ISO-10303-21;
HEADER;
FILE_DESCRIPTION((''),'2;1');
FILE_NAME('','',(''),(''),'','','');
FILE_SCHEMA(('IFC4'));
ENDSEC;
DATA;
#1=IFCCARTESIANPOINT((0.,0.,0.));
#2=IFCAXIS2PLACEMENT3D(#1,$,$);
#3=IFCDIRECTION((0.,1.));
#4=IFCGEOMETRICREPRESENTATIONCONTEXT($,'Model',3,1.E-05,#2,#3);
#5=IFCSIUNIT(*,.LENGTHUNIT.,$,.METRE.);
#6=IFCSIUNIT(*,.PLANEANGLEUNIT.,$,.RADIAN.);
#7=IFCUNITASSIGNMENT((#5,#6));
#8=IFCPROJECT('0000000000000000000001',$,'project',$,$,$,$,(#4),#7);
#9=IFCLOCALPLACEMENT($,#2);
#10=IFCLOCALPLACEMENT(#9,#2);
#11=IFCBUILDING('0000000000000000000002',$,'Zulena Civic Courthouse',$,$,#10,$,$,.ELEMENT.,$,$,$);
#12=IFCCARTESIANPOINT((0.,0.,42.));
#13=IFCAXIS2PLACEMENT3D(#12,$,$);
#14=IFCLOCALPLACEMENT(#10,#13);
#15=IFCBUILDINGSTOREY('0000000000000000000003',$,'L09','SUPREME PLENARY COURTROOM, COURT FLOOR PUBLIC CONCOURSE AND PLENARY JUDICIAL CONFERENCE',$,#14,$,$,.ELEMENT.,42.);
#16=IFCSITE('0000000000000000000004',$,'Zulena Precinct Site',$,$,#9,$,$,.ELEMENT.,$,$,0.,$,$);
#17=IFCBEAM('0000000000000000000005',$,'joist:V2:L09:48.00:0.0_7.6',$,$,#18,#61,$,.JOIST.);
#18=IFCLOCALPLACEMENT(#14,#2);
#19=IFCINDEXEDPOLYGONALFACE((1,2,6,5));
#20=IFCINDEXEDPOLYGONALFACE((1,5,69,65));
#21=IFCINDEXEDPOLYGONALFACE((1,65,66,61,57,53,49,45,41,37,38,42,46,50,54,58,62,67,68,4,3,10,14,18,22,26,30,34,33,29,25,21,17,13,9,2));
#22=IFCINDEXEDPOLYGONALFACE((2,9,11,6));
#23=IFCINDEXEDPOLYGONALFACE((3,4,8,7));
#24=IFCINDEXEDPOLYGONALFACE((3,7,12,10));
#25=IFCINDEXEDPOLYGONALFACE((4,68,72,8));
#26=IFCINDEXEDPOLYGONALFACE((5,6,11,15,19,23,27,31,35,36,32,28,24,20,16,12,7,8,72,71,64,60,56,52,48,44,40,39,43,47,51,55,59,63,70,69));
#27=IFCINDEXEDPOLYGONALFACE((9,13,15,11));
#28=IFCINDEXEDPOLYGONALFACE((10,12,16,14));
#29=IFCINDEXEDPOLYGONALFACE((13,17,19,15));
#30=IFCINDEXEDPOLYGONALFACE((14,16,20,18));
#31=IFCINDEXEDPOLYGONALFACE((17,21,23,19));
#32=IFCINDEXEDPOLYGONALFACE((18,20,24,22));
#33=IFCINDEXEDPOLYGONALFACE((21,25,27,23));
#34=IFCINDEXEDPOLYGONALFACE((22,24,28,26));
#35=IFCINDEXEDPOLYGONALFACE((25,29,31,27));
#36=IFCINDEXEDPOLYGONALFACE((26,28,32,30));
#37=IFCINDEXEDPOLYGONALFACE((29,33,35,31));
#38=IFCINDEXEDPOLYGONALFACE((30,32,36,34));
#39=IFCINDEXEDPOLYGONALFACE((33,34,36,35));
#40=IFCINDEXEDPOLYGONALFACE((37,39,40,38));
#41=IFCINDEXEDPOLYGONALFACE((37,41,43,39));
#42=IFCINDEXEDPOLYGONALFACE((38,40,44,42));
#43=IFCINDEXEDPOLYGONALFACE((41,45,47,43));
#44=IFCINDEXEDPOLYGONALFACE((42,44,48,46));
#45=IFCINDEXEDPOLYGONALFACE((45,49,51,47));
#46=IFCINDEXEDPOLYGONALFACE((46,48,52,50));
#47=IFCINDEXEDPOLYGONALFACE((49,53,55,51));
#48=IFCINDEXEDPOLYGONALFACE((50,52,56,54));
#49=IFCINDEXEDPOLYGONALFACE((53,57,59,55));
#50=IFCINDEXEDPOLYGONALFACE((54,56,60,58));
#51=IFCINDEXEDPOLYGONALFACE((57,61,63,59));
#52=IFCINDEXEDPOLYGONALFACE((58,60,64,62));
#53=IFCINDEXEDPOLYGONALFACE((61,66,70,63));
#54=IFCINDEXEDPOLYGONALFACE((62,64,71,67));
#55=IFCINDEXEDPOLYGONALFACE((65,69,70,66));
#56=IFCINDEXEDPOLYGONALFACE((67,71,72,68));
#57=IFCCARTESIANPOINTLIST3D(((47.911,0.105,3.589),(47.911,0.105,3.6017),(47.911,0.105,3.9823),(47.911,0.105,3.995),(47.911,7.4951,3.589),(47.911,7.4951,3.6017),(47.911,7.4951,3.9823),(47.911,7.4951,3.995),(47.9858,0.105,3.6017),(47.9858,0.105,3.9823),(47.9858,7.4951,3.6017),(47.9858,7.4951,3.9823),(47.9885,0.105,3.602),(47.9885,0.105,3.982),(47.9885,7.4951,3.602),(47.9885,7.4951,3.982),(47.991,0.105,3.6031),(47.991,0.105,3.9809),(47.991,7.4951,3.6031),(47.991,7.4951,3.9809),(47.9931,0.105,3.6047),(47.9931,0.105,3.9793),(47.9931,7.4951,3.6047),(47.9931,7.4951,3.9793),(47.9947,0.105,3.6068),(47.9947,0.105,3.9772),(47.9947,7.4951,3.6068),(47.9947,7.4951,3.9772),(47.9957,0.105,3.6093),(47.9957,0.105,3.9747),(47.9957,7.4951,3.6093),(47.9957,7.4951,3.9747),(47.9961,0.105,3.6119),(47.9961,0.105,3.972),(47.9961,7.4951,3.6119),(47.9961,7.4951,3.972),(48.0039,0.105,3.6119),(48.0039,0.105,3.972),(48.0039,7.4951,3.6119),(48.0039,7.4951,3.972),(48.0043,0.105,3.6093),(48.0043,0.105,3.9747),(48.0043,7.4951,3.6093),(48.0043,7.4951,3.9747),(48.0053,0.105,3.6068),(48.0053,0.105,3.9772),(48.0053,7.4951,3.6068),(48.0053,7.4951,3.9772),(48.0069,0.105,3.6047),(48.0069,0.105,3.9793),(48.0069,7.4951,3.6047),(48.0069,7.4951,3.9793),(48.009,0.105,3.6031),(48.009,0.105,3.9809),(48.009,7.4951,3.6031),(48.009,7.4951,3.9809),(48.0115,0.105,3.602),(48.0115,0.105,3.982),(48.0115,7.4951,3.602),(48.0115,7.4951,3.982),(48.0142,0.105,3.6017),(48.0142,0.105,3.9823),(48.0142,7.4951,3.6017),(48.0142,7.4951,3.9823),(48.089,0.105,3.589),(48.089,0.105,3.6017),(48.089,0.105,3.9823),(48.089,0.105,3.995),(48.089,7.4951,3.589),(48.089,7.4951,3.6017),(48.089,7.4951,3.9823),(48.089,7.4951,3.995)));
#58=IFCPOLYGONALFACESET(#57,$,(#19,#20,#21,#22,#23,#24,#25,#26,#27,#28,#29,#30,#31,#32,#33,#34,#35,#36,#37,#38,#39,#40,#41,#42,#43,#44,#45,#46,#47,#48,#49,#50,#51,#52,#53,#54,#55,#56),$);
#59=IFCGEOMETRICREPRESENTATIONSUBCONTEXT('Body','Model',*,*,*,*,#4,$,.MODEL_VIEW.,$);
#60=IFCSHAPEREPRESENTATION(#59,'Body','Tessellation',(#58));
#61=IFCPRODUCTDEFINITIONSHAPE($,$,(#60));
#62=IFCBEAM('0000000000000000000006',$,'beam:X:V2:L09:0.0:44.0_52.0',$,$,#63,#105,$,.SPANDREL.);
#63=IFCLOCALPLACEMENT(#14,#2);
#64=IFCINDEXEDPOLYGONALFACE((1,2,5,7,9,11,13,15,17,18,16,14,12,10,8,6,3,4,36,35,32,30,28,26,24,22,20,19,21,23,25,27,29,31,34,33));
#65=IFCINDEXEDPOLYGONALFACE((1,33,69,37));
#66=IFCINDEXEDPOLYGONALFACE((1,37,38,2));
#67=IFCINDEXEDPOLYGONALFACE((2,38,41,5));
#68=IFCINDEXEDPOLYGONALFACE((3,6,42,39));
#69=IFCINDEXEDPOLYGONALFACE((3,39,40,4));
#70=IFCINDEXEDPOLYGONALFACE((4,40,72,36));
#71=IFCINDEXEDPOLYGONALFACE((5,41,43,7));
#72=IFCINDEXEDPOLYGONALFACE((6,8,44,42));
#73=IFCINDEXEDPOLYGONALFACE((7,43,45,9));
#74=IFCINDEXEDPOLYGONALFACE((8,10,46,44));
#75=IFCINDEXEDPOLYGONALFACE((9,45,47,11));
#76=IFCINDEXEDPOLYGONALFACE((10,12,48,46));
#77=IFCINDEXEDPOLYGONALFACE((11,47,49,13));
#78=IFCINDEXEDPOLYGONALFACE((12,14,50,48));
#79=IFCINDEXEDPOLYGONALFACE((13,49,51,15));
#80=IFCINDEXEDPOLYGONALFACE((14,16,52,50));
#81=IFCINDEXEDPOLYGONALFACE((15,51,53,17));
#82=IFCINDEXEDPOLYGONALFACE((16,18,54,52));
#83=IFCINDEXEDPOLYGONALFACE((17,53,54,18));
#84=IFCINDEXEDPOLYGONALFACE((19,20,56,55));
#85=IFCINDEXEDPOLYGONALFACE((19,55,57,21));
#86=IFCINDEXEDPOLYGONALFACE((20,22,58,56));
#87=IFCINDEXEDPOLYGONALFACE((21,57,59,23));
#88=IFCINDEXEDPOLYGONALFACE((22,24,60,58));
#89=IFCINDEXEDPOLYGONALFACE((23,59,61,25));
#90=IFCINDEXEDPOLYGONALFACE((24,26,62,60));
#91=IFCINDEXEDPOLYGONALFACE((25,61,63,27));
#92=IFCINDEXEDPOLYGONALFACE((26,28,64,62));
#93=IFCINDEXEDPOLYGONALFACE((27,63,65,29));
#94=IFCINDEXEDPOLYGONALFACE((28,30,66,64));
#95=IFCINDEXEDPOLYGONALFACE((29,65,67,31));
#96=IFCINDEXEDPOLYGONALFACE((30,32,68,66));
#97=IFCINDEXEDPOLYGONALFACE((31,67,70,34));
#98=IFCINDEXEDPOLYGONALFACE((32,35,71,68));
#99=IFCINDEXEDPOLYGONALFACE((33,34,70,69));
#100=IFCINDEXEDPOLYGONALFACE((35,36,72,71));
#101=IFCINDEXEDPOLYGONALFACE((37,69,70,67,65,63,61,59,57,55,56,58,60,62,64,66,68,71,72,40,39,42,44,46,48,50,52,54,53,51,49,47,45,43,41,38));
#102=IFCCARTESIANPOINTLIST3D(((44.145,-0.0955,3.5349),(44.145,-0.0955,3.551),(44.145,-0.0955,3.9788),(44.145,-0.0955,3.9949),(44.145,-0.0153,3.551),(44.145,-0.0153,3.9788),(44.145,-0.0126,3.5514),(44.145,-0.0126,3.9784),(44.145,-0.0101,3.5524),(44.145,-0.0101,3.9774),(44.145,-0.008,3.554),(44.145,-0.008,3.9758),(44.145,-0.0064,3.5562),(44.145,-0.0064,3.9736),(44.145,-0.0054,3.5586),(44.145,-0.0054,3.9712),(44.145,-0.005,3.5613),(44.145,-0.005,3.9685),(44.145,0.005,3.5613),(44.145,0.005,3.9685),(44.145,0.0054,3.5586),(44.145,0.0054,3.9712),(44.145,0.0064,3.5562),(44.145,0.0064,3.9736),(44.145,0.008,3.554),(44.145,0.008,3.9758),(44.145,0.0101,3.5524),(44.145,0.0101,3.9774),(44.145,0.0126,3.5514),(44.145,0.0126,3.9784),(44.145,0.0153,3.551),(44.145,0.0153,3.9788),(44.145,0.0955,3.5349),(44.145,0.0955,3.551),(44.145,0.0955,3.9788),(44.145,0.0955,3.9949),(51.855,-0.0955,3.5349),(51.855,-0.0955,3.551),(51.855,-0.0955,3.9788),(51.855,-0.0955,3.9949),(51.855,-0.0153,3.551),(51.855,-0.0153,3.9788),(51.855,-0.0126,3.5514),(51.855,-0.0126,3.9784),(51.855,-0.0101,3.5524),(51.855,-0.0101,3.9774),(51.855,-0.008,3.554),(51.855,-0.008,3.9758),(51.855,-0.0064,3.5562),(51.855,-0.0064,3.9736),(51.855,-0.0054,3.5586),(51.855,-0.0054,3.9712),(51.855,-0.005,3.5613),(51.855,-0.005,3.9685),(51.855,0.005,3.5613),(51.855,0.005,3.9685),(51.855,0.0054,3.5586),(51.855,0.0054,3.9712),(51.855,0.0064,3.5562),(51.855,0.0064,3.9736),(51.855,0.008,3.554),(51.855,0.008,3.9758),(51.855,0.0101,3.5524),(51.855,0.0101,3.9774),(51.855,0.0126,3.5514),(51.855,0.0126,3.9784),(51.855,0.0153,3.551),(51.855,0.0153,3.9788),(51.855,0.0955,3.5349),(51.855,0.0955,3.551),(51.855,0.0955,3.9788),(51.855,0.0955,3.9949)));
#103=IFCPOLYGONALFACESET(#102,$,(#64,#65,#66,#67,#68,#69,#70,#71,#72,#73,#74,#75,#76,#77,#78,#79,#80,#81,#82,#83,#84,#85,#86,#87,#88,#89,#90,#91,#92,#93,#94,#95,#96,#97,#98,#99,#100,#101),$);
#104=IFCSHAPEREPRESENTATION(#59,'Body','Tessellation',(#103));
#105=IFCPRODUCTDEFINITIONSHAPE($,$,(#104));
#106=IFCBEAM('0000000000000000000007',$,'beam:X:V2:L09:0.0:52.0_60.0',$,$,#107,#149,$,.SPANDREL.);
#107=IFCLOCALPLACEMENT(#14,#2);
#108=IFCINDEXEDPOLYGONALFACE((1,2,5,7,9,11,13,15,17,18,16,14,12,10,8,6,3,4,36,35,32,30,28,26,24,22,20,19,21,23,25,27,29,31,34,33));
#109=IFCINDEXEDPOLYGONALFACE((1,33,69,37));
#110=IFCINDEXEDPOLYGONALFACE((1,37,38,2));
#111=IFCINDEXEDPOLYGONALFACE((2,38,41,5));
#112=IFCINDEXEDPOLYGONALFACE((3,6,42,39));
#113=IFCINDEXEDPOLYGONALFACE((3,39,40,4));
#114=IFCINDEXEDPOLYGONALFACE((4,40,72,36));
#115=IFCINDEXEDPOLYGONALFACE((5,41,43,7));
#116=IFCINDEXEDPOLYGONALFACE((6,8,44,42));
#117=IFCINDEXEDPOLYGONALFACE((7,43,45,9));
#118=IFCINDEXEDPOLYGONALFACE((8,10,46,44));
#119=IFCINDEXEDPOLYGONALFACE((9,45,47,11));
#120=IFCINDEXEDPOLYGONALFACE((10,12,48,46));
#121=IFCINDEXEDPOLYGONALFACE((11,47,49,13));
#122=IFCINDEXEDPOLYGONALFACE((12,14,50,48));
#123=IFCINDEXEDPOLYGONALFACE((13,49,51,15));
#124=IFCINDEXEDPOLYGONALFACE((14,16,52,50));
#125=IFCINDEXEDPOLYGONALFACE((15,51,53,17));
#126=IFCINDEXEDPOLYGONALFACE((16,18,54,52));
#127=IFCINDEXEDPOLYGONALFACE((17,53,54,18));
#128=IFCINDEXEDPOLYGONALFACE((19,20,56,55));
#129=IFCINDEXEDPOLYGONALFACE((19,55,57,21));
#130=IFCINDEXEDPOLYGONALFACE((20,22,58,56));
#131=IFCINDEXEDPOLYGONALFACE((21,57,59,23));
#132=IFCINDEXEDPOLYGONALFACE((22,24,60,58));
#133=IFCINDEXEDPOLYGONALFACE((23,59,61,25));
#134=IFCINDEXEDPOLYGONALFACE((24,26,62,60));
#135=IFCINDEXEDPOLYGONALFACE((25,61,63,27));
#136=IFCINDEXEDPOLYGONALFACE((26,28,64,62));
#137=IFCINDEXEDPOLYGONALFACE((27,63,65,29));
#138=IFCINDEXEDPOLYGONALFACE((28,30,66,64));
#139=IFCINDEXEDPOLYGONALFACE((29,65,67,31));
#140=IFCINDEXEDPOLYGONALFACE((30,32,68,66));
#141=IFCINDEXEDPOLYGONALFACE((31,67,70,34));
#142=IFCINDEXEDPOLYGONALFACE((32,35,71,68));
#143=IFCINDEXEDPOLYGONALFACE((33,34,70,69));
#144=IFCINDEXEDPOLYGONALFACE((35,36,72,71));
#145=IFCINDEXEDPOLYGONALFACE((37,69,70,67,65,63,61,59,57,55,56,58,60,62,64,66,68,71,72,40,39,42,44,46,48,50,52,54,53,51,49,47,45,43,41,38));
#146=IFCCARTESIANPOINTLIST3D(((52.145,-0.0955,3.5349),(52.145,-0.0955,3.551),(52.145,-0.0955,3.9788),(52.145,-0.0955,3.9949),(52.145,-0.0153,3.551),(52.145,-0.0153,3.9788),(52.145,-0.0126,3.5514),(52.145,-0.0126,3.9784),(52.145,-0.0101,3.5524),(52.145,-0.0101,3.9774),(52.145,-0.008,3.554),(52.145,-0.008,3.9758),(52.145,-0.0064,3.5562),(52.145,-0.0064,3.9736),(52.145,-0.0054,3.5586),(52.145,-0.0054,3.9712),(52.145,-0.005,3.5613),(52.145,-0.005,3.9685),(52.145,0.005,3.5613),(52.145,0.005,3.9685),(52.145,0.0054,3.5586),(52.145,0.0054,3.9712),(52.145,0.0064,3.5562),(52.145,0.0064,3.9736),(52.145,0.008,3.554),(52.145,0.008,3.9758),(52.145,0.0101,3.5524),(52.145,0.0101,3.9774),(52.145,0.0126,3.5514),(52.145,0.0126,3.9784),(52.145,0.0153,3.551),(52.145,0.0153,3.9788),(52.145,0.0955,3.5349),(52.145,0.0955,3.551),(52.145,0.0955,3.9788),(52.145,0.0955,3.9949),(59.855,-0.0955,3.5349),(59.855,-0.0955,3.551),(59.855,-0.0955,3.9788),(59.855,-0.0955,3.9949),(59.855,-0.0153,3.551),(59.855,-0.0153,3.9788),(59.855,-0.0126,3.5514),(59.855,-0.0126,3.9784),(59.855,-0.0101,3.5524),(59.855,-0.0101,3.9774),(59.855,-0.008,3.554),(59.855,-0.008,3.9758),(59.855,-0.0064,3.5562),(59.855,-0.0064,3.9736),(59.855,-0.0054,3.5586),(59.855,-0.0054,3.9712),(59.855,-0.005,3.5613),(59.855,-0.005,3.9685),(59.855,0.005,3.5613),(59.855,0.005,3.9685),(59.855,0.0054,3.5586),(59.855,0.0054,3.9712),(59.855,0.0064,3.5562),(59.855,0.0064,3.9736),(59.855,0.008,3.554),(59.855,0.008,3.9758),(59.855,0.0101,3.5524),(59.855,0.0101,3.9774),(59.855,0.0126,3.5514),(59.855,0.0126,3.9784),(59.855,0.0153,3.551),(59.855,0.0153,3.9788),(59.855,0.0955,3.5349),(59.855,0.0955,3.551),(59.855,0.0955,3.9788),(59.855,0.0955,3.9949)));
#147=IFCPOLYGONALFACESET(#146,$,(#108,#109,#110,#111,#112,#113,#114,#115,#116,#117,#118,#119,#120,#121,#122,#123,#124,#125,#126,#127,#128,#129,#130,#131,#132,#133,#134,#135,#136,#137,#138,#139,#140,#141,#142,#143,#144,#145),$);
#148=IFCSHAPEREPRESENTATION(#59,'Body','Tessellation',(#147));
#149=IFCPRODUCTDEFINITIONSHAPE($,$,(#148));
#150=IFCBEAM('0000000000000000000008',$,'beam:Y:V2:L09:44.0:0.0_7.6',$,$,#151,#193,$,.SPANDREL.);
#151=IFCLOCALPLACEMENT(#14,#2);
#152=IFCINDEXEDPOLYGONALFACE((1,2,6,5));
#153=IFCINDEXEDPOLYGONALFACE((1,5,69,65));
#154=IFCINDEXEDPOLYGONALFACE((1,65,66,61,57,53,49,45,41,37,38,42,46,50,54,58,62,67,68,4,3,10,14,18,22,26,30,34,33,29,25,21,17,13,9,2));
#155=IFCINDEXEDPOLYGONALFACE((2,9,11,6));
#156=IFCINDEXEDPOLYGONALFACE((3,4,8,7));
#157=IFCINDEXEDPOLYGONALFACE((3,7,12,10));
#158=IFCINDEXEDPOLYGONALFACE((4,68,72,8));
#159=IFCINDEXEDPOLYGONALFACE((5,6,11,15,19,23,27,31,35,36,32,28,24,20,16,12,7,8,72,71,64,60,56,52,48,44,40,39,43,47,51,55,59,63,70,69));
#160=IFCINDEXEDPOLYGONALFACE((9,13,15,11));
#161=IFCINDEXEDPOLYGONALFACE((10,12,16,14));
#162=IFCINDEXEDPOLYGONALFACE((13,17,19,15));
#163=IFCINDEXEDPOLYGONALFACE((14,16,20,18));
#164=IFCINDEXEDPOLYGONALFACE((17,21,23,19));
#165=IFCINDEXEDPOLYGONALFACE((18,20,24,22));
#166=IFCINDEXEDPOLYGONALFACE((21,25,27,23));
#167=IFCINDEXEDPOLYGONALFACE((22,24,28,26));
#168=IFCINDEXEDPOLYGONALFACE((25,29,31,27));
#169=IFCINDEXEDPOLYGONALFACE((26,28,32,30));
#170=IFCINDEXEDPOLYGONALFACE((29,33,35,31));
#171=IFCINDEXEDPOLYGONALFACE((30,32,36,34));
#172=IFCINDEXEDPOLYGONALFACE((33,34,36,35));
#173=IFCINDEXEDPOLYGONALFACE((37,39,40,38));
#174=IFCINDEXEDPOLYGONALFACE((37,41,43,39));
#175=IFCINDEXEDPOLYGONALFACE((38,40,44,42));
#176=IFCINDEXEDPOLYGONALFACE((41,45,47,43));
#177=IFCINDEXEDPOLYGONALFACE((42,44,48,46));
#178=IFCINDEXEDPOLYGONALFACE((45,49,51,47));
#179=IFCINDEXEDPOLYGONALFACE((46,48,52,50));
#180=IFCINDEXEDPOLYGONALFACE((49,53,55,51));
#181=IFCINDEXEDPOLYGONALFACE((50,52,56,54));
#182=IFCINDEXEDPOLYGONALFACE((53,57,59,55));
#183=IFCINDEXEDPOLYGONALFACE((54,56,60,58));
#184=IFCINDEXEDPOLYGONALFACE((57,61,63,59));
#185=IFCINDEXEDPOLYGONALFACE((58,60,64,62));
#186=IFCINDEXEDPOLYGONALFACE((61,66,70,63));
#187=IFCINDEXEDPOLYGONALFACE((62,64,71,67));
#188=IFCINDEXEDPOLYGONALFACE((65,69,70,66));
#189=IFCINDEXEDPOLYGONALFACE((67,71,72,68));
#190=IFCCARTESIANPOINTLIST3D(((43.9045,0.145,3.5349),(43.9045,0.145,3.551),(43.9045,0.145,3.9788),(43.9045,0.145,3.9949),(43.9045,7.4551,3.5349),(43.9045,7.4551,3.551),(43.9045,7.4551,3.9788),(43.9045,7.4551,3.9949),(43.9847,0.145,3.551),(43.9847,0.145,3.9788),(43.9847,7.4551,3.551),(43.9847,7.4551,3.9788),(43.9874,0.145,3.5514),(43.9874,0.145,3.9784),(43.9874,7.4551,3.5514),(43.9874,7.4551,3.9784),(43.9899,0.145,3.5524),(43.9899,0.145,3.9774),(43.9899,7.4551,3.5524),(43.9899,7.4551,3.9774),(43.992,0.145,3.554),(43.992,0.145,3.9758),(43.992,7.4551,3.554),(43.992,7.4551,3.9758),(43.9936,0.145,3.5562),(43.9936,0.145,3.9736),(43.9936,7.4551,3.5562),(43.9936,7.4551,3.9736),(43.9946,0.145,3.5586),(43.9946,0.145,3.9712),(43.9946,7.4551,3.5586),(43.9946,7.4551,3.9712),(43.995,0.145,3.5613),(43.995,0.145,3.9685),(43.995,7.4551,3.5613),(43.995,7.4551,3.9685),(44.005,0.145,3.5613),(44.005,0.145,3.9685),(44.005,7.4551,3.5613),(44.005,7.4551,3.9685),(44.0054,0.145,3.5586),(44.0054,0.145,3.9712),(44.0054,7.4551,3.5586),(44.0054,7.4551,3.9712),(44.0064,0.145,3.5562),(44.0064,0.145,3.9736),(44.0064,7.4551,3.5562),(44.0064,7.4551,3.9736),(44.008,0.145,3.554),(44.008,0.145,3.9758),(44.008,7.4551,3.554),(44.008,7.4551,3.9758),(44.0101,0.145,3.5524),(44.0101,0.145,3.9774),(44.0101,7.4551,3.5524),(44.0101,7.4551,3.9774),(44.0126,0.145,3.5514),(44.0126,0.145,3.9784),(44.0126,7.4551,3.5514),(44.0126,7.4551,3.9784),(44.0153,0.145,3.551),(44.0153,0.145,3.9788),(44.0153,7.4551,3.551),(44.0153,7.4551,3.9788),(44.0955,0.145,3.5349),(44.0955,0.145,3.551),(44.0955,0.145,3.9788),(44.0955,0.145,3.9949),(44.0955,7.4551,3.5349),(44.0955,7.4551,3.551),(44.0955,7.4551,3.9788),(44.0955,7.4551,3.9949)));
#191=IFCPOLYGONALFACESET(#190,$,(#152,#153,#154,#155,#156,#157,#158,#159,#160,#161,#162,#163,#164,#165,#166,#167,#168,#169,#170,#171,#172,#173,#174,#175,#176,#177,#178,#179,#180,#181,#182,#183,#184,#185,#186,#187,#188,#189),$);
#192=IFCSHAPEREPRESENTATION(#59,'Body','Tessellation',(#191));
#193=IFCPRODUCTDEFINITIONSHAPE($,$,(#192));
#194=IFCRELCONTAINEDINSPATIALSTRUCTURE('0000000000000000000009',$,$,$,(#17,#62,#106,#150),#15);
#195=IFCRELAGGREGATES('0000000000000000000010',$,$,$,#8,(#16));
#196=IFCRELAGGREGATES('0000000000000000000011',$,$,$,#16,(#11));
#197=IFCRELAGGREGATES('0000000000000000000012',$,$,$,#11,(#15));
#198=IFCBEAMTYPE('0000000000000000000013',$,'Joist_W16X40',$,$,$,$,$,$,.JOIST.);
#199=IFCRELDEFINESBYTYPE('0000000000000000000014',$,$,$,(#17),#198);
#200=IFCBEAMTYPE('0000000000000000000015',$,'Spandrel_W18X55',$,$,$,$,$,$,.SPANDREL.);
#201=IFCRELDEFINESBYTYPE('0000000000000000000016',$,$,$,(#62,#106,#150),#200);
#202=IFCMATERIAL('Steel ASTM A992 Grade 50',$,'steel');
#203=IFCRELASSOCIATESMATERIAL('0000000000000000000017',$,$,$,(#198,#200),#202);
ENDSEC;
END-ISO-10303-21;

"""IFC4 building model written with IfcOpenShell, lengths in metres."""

from ifc_helpers import new_model, si_unit, direction, frame, origin, origin_2d, place, context, subcontext, project, spatial, i_section, extrude, material, material_profile, profile_set, type_object, element, save


model = new_model("IFC4")

# Units and contexts
model_context = context("Model", 3, precision=1e-05, world=origin(), true_north=direction((0.0, 1.0)))
body_context = subcontext(model_context, "Body", "Model", "MODEL_VIEW")
ifc_project = project(units=[si_unit("LENGTHUNIT", "METRE"), si_unit("PLANEANGLEUNIT", "RADIAN")], contexts=[model_context])

# Site, building, storey
site_placement = place(None, origin())
site = spatial("IfcSite", under=ifc_project, at=site_placement, Name="Zulena Precinct Site", CompositionType="ELEMENT", RefElevation=0.0)
building_placement = place(site_placement, origin())
building = spatial("IfcBuilding", under=site, at=building_placement, Name="Zulena Civic Courthouse", CompositionType="ELEMENT")
storey_placement = place(building_placement, frame((0.0, 0.0, 42.0)))
storey = spatial("IfcBuildingStorey", under=building, at=storey_placement, Name="L09", Description="SUPREME PLENARY COURTROOM, COURT FLOOR PUBLIC CONCOURSE AND PLENARY JUDICIAL CONFERENCE", CompositionType="ELEMENT", Elevation=42.0)

# Shared definitions
ifc_material_1 = material(Name="Steel ASTM A992 Grade 50", Category="steel")

# Beams
ifc_material_profile_1 = material_profile(ifc_material_1, i_section(OverallWidth=0.178, OverallDepth=0.406, WebThickness=0.0078, FlangeThickness=0.0127, FilletRadius=0.0103, at=origin_2d()), Name="W16X40")
ifc_profile_set_1 = profile_set([ifc_material_profile_1], Name="Steel ASTM A992 Grade 50")
beam_type_1 = type_object("IfcBeamType", Name="Joist_W16X40", PredefinedType="JOIST", material=ifc_profile_set_1)
beam_placement = place(storey_placement, frame((48.0, 0.105, 3.792), z_axis=(0.0, 1.0, 0.0), x_axis=(-1.0, 0.0, 0.0)))
element("IfcBeam", 1, at=beam_placement, inside=storey, type_object=beam_type_1, Name="joist:V2:L09:48.00:0.0_7.6", PredefinedType="JOIST", context=body_context, shape_type="SweptSolid", body=[
    extrude(i_section(OverallWidth=0.178, OverallDepth=0.406, WebThickness=0.0078, FlangeThickness=0.0127, FilletRadius=0.0103, at=origin_2d()), origin(), (0.0, 0.0, 1.0), 7.3901),
])
ifc_material_profile_2 = material_profile(ifc_material_1, i_section(OverallWidth=0.1909, OverallDepth=0.46, WebThickness=0.01, FlangeThickness=0.0161, FilletRadius=0.0103, at=origin_2d()), Name="W18X55")
ifc_profile_set_2 = profile_set([ifc_material_profile_2], Name="Steel ASTM A992 Grade 50")
beam_type_2 = type_object("IfcBeamType", Name="Spandrel_W18X55", PredefinedType="SPANDREL", material=ifc_profile_set_2)
for number, where, z_axis, x_axis, name in (
    (2, (44.145, 0.0, 3.7649), (1.0, 0.0, 0.0), (0.0, 1.0, 0.0), "beam:X:V2:L09:0.0:44.0_52.0"),
    (3, (52.145, 0.0, 3.7649), (1.0, 0.0, 0.0), (0.0, 1.0, 0.0), "beam:X:V2:L09:0.0:52.0_60.0"),
):
    element("IfcBeam", number, at=place(storey_placement, frame(where, z_axis=z_axis, x_axis=x_axis)), inside=storey, type_object=beam_type_2, Name=name, PredefinedType="SPANDREL", context=body_context, shape_type="SweptSolid", body=[
        extrude(i_section(OverallWidth=0.1909, OverallDepth=0.46, WebThickness=0.01, FlangeThickness=0.0161, FilletRadius=0.0103, at=origin_2d()), origin(), (0.0, 0.0, 1.0), 7.71),
    ])
for number, where, z_axis, x_axis, name in (
    (4, (44.0, 0.145, 3.7649), (0.0, 1.0, 0.0), (-1.0, 0.0, 0.0), "beam:Y:V2:L09:44.0:0.0_7.6"),
):
    element("IfcBeam", number, at=place(storey_placement, frame(where, z_axis=z_axis, x_axis=x_axis)), inside=storey, type_object=beam_type_2, Name=name, PredefinedType="SPANDREL", context=body_context, shape_type="SweptSolid", body=[
        extrude(i_section(OverallWidth=0.1909, OverallDepth=0.46, WebThickness=0.01, FlangeThickness=0.0161, FilletRadius=0.0103, at=origin_2d()), origin(), (0.0, 0.0, 1.0), 7.3101),
    ])

save(model, "model.ifc")
